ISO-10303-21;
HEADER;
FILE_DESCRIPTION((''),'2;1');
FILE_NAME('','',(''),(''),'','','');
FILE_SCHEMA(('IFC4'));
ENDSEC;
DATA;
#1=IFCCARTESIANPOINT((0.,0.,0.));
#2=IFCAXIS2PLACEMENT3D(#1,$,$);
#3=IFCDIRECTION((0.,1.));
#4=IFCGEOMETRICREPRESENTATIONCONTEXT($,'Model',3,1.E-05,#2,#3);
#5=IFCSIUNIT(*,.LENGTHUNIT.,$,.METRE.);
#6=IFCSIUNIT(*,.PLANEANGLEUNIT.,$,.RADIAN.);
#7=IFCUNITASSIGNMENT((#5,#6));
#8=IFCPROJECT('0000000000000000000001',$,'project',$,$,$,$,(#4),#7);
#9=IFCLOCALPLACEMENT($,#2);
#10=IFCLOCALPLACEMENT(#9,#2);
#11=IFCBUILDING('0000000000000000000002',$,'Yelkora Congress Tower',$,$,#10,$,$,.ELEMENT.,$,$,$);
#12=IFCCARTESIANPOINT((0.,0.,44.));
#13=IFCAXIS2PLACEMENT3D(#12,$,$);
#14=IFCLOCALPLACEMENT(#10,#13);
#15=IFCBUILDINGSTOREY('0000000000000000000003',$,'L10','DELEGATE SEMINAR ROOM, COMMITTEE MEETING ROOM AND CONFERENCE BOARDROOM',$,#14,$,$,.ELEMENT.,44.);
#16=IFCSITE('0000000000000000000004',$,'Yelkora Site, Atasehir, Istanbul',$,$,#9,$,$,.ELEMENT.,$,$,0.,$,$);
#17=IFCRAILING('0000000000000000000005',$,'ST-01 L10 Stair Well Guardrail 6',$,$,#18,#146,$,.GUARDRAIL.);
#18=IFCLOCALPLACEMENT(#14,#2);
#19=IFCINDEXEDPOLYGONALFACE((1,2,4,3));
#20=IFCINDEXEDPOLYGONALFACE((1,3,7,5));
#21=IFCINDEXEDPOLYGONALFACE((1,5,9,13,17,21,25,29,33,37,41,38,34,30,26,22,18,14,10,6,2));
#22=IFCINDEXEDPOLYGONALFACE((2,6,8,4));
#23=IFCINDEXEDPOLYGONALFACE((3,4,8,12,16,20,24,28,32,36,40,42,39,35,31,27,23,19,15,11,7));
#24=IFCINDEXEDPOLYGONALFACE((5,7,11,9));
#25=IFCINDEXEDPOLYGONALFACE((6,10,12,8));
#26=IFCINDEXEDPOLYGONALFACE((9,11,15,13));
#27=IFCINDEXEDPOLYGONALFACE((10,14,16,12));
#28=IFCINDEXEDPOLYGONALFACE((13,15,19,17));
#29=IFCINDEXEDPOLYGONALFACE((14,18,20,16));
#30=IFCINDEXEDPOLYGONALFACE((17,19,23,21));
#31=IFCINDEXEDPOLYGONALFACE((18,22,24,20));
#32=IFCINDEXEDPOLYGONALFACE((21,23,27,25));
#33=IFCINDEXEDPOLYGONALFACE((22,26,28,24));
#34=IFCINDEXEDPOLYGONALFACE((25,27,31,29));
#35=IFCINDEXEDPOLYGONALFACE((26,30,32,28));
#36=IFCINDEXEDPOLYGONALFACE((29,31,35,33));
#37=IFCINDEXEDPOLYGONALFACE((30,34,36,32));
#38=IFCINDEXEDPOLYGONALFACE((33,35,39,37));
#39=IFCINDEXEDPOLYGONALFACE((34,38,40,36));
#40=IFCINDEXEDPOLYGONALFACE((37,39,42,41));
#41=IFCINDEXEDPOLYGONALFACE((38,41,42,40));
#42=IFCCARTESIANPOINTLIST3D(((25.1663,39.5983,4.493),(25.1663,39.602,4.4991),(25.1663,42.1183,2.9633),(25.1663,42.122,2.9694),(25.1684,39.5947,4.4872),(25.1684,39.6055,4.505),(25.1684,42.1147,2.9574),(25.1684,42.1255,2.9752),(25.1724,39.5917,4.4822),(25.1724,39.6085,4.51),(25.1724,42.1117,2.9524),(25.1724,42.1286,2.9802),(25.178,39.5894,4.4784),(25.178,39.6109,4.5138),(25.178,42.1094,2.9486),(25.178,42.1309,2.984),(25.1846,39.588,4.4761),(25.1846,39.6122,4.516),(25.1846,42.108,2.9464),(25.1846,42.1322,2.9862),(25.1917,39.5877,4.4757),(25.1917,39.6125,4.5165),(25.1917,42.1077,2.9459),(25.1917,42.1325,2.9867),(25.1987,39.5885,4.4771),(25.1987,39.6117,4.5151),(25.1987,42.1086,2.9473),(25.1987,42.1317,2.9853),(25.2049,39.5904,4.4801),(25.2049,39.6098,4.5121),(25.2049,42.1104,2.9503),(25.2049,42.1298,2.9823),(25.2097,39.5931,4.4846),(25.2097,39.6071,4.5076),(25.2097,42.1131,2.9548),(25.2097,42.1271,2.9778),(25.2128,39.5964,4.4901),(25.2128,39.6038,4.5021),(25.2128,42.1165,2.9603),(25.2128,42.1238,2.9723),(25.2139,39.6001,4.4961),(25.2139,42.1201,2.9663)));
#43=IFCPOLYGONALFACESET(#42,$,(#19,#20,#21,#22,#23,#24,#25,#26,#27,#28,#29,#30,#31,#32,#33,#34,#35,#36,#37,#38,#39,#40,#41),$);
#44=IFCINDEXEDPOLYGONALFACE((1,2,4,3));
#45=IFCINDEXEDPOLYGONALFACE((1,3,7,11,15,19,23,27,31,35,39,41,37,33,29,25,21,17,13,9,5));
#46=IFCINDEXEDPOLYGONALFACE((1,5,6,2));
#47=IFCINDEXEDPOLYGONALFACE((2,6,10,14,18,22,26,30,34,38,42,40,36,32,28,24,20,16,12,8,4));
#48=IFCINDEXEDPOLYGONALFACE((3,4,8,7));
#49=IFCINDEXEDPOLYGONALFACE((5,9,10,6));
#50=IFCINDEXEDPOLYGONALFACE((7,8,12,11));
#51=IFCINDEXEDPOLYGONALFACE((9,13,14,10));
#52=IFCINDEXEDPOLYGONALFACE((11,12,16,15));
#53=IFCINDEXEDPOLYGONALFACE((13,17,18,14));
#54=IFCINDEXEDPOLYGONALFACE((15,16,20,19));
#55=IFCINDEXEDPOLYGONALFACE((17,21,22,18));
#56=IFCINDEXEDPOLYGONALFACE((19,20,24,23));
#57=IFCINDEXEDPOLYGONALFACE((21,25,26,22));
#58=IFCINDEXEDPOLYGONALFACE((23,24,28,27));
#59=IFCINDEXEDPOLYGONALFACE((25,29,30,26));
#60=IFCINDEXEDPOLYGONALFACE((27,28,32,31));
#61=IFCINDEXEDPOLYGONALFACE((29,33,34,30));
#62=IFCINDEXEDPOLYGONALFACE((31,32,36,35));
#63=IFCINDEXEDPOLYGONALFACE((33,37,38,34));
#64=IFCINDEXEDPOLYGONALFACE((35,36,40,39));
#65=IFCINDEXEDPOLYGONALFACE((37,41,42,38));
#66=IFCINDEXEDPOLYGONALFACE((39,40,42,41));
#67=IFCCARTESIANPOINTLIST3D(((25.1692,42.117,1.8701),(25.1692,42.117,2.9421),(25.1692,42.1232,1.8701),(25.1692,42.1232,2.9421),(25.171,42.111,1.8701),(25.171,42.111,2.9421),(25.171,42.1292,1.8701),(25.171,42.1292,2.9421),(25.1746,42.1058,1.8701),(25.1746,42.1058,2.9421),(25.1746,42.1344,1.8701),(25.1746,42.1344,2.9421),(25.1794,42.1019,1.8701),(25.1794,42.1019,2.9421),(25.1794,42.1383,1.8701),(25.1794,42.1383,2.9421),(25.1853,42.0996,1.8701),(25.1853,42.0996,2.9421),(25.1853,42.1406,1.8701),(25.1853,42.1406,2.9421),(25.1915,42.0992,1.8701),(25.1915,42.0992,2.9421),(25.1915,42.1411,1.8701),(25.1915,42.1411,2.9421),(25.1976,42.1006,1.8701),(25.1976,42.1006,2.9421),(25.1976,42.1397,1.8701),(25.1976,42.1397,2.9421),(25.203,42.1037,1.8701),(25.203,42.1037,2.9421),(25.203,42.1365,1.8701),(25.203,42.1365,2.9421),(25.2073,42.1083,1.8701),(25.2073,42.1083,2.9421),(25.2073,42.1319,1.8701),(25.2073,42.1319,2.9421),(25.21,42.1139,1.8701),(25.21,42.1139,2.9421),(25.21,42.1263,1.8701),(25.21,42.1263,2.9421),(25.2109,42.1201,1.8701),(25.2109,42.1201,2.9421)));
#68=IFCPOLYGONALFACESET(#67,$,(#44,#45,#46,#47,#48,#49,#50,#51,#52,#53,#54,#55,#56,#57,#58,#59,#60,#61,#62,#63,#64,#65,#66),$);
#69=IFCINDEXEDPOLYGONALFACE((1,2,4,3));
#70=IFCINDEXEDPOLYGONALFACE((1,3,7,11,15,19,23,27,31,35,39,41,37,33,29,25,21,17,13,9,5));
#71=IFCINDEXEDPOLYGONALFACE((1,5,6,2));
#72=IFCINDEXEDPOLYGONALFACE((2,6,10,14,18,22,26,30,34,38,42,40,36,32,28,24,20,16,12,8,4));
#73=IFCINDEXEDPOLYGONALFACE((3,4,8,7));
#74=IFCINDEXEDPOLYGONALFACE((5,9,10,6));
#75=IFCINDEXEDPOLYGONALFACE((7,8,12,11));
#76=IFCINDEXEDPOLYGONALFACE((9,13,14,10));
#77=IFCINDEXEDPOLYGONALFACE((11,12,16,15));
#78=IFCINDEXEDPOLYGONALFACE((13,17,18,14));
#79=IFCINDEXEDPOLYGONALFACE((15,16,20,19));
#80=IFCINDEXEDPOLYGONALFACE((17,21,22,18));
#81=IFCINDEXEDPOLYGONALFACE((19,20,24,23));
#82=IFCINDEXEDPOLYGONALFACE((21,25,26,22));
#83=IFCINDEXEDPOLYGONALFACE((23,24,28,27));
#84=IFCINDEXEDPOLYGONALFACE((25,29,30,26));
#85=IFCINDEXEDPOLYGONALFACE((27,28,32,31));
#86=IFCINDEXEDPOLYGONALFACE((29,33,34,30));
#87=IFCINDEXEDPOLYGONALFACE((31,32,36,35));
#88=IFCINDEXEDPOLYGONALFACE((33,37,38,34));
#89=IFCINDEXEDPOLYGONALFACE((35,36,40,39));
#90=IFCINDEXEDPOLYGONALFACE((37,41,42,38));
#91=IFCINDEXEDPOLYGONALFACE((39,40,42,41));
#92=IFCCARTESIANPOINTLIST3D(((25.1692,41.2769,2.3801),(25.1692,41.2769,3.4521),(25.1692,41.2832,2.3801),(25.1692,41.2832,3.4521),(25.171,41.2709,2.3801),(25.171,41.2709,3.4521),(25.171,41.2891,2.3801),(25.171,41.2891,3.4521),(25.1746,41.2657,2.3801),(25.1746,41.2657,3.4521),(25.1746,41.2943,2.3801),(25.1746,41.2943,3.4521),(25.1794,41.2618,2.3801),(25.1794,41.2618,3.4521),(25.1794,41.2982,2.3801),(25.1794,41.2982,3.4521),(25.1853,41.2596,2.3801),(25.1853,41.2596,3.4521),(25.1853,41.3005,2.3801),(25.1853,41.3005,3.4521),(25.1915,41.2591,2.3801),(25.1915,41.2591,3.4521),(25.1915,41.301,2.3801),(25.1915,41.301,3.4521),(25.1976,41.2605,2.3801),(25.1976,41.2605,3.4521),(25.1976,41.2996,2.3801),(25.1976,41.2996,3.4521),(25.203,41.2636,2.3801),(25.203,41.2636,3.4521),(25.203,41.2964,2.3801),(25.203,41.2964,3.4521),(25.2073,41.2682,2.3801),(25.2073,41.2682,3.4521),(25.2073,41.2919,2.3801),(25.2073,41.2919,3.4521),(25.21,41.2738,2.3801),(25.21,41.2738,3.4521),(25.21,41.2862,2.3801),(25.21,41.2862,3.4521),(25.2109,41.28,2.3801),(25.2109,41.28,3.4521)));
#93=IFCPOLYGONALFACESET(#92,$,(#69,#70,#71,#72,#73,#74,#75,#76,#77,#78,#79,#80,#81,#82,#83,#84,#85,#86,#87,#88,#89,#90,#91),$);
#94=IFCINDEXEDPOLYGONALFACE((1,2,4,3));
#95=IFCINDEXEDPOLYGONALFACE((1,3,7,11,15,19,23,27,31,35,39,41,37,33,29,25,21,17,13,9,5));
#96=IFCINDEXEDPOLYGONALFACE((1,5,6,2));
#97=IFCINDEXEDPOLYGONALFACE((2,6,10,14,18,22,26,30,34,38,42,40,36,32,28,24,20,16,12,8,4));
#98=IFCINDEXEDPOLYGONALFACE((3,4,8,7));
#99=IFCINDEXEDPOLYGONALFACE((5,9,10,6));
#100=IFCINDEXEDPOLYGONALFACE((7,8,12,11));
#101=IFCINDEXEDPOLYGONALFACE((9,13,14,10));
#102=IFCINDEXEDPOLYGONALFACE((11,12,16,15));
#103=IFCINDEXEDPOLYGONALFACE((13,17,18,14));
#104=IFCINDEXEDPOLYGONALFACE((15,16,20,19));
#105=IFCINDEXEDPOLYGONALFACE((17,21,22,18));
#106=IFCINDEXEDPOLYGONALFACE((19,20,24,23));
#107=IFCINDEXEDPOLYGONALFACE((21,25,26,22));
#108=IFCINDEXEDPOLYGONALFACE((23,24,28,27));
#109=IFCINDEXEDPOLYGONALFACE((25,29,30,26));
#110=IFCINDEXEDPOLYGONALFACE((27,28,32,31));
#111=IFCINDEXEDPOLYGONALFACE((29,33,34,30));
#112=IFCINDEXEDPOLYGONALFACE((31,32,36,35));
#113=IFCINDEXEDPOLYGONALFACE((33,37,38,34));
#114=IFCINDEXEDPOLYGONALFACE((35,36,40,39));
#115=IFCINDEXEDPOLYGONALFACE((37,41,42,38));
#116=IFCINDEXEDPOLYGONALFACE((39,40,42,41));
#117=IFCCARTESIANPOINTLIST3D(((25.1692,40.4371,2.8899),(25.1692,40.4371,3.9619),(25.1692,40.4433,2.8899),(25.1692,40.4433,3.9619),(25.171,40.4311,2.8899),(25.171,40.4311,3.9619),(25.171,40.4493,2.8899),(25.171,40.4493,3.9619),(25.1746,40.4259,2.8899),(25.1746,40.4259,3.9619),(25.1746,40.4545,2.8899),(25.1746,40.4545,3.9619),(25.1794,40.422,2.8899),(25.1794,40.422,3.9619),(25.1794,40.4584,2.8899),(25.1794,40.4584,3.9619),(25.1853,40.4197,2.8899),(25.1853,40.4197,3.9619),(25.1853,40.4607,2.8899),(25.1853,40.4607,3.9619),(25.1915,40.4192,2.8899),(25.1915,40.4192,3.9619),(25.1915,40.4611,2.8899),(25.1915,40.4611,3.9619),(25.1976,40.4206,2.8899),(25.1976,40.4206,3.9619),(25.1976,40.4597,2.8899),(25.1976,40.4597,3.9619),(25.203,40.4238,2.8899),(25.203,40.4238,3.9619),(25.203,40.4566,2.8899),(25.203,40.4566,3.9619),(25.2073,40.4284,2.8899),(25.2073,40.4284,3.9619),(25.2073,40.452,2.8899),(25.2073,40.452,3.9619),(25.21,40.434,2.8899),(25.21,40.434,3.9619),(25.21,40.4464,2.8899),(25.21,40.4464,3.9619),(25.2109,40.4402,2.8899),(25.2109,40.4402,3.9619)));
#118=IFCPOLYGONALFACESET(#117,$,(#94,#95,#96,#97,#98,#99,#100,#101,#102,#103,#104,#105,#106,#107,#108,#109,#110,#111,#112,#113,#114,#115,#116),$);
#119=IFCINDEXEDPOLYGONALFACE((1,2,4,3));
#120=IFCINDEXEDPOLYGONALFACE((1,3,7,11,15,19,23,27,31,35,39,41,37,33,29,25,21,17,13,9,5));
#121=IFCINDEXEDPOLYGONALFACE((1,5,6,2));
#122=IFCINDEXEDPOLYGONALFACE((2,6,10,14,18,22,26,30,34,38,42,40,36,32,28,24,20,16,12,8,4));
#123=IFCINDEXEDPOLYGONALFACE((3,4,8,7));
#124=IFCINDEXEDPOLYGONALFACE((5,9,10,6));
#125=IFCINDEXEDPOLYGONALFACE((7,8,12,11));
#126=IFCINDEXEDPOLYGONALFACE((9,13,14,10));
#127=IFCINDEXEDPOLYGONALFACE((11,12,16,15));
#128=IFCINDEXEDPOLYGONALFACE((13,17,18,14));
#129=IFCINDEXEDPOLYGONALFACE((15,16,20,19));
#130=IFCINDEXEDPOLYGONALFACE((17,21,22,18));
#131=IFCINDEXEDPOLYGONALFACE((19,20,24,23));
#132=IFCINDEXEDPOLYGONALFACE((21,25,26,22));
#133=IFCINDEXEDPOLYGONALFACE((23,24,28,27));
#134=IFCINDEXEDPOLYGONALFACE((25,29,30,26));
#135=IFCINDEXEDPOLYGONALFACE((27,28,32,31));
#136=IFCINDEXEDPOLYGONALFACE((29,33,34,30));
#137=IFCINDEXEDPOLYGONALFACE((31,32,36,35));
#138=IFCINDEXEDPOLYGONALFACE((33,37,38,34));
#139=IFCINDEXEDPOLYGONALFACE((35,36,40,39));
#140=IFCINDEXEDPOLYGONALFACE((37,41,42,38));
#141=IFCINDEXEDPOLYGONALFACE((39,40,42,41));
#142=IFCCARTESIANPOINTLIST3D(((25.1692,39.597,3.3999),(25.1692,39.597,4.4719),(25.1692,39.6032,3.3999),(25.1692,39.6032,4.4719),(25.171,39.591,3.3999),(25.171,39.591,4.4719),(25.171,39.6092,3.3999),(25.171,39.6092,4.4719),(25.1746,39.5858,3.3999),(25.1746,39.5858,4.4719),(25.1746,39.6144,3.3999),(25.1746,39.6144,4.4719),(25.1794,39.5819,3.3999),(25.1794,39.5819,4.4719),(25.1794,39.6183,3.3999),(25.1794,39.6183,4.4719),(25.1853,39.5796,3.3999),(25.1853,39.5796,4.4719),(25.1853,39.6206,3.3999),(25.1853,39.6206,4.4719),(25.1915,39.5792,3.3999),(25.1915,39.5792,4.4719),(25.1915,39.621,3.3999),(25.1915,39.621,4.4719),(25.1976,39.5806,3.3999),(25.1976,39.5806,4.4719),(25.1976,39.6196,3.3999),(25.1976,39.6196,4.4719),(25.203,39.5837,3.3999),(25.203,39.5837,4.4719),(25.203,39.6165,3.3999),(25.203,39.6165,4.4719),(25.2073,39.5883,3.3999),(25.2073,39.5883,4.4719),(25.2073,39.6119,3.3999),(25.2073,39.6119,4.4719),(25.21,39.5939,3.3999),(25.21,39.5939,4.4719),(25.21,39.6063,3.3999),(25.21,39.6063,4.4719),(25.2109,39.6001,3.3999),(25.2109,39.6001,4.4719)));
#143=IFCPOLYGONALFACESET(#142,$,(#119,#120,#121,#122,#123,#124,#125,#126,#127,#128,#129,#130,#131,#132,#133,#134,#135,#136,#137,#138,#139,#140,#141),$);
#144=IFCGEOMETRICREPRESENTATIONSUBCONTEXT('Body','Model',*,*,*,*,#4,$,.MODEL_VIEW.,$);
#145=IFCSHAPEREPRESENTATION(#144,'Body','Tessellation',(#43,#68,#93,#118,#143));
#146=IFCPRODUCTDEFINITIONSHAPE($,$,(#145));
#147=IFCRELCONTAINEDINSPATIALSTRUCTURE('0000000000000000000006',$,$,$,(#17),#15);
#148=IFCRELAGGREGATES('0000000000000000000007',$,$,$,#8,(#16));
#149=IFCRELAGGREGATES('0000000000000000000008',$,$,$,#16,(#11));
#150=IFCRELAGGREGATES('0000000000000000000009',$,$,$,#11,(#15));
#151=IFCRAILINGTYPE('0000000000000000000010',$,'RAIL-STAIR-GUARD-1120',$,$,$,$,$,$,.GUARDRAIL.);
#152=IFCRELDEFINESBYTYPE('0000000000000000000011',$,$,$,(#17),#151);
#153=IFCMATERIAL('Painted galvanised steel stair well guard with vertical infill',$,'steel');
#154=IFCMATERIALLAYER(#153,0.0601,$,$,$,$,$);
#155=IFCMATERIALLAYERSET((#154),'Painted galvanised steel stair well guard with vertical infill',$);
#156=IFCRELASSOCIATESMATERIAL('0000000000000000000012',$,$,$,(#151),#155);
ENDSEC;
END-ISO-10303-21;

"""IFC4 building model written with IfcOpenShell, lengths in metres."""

from ifc_helpers import new_model, si_unit, direction, frame, origin, origin_2d, place, context, subcontext, project, spatial, circle, extrude, material, layer, layer_set, type_object, element, save


model = new_model("IFC4")

# Units and contexts
model_context = context("Model", 3, precision=1e-05, world=origin(), true_north=direction((0.0, 1.0)))
body_context = subcontext(model_context, "Body", "Model", "MODEL_VIEW")
ifc_project = project(units=[si_unit("LENGTHUNIT", "METRE"), si_unit("PLANEANGLEUNIT", "RADIAN")], contexts=[model_context])

# Site, building, storey
site_placement = place(None, origin())
site = spatial("IfcSite", under=ifc_project, at=site_placement, Name="Yelkora Site, Atasehir, Istanbul", CompositionType="ELEMENT", RefElevation=0.0)
building_placement = place(site_placement, origin())
building = spatial("IfcBuilding", under=site, at=building_placement, Name="Yelkora Congress Tower", CompositionType="ELEMENT")
storey_placement = place(building_placement, frame((0.0, 0.0, 44.0)))
storey = spatial("IfcBuildingStorey", under=building, at=storey_placement, Name="L10", Description="DELEGATE SEMINAR ROOM, COMMITTEE MEETING ROOM AND CONFERENCE BOARDROOM", CompositionType="ELEMENT", Elevation=44.0)

# Railing
ifc_material_1 = material(Name="Painted galvanised steel stair well guard with vertical infill", Category="steel")
ifc_layer_1 = layer(ifc_material_1, 0.0601)
ifc_layer_set_1 = layer_set([ifc_layer_1], Name="Painted galvanised steel stair well guard with vertical infill")
railing_type_1 = type_object("IfcRailingType", Name="RAIL-STAIR-GUARD-1120", PredefinedType="GUARDRAIL", material=ifc_layer_set_1)
railing_1_placement = place(storey_placement, frame((25.1899, 42.1201, 1.8701)))
element("IfcRailing", 1, at=railing_1_placement, inside=storey, type_object=railing_type_1, Name="ST-01 L10 Stair Well Guardrail 6", PredefinedType="GUARDRAIL", context=body_context, shape_type="SweptSolid", body=[
    extrude(circle(Radius=0.0239, at=origin_2d()), frame((0.0, 0.0, 1.0962), z_axis=(0.0, -0.854822, 0.518922), x_axis=(1.0, 0.0, 0.0)), (0.0, 0.0, 1.0), 2.948),
    extrude(circle(Radius=0.021, at=origin_2d()), origin(), (0.0, 0.0, 1.0), 1.072),
    extrude(circle(Radius=0.021, at=origin_2d()), frame((0.0, -0.8401, 0.51)), (0.0, 0.0, 1.0), 1.072),
    extrude(circle(Radius=0.021, at=origin_2d()), frame((0.0, -1.6799, 1.0198)), (0.0, 0.0, 1.0), 1.072),
    extrude(circle(Radius=0.021, at=origin_2d()), frame((0.0, -2.52, 1.5298)), (0.0, 0.0, 1.0), 1.072),
])

save(model, "model.ifc")
